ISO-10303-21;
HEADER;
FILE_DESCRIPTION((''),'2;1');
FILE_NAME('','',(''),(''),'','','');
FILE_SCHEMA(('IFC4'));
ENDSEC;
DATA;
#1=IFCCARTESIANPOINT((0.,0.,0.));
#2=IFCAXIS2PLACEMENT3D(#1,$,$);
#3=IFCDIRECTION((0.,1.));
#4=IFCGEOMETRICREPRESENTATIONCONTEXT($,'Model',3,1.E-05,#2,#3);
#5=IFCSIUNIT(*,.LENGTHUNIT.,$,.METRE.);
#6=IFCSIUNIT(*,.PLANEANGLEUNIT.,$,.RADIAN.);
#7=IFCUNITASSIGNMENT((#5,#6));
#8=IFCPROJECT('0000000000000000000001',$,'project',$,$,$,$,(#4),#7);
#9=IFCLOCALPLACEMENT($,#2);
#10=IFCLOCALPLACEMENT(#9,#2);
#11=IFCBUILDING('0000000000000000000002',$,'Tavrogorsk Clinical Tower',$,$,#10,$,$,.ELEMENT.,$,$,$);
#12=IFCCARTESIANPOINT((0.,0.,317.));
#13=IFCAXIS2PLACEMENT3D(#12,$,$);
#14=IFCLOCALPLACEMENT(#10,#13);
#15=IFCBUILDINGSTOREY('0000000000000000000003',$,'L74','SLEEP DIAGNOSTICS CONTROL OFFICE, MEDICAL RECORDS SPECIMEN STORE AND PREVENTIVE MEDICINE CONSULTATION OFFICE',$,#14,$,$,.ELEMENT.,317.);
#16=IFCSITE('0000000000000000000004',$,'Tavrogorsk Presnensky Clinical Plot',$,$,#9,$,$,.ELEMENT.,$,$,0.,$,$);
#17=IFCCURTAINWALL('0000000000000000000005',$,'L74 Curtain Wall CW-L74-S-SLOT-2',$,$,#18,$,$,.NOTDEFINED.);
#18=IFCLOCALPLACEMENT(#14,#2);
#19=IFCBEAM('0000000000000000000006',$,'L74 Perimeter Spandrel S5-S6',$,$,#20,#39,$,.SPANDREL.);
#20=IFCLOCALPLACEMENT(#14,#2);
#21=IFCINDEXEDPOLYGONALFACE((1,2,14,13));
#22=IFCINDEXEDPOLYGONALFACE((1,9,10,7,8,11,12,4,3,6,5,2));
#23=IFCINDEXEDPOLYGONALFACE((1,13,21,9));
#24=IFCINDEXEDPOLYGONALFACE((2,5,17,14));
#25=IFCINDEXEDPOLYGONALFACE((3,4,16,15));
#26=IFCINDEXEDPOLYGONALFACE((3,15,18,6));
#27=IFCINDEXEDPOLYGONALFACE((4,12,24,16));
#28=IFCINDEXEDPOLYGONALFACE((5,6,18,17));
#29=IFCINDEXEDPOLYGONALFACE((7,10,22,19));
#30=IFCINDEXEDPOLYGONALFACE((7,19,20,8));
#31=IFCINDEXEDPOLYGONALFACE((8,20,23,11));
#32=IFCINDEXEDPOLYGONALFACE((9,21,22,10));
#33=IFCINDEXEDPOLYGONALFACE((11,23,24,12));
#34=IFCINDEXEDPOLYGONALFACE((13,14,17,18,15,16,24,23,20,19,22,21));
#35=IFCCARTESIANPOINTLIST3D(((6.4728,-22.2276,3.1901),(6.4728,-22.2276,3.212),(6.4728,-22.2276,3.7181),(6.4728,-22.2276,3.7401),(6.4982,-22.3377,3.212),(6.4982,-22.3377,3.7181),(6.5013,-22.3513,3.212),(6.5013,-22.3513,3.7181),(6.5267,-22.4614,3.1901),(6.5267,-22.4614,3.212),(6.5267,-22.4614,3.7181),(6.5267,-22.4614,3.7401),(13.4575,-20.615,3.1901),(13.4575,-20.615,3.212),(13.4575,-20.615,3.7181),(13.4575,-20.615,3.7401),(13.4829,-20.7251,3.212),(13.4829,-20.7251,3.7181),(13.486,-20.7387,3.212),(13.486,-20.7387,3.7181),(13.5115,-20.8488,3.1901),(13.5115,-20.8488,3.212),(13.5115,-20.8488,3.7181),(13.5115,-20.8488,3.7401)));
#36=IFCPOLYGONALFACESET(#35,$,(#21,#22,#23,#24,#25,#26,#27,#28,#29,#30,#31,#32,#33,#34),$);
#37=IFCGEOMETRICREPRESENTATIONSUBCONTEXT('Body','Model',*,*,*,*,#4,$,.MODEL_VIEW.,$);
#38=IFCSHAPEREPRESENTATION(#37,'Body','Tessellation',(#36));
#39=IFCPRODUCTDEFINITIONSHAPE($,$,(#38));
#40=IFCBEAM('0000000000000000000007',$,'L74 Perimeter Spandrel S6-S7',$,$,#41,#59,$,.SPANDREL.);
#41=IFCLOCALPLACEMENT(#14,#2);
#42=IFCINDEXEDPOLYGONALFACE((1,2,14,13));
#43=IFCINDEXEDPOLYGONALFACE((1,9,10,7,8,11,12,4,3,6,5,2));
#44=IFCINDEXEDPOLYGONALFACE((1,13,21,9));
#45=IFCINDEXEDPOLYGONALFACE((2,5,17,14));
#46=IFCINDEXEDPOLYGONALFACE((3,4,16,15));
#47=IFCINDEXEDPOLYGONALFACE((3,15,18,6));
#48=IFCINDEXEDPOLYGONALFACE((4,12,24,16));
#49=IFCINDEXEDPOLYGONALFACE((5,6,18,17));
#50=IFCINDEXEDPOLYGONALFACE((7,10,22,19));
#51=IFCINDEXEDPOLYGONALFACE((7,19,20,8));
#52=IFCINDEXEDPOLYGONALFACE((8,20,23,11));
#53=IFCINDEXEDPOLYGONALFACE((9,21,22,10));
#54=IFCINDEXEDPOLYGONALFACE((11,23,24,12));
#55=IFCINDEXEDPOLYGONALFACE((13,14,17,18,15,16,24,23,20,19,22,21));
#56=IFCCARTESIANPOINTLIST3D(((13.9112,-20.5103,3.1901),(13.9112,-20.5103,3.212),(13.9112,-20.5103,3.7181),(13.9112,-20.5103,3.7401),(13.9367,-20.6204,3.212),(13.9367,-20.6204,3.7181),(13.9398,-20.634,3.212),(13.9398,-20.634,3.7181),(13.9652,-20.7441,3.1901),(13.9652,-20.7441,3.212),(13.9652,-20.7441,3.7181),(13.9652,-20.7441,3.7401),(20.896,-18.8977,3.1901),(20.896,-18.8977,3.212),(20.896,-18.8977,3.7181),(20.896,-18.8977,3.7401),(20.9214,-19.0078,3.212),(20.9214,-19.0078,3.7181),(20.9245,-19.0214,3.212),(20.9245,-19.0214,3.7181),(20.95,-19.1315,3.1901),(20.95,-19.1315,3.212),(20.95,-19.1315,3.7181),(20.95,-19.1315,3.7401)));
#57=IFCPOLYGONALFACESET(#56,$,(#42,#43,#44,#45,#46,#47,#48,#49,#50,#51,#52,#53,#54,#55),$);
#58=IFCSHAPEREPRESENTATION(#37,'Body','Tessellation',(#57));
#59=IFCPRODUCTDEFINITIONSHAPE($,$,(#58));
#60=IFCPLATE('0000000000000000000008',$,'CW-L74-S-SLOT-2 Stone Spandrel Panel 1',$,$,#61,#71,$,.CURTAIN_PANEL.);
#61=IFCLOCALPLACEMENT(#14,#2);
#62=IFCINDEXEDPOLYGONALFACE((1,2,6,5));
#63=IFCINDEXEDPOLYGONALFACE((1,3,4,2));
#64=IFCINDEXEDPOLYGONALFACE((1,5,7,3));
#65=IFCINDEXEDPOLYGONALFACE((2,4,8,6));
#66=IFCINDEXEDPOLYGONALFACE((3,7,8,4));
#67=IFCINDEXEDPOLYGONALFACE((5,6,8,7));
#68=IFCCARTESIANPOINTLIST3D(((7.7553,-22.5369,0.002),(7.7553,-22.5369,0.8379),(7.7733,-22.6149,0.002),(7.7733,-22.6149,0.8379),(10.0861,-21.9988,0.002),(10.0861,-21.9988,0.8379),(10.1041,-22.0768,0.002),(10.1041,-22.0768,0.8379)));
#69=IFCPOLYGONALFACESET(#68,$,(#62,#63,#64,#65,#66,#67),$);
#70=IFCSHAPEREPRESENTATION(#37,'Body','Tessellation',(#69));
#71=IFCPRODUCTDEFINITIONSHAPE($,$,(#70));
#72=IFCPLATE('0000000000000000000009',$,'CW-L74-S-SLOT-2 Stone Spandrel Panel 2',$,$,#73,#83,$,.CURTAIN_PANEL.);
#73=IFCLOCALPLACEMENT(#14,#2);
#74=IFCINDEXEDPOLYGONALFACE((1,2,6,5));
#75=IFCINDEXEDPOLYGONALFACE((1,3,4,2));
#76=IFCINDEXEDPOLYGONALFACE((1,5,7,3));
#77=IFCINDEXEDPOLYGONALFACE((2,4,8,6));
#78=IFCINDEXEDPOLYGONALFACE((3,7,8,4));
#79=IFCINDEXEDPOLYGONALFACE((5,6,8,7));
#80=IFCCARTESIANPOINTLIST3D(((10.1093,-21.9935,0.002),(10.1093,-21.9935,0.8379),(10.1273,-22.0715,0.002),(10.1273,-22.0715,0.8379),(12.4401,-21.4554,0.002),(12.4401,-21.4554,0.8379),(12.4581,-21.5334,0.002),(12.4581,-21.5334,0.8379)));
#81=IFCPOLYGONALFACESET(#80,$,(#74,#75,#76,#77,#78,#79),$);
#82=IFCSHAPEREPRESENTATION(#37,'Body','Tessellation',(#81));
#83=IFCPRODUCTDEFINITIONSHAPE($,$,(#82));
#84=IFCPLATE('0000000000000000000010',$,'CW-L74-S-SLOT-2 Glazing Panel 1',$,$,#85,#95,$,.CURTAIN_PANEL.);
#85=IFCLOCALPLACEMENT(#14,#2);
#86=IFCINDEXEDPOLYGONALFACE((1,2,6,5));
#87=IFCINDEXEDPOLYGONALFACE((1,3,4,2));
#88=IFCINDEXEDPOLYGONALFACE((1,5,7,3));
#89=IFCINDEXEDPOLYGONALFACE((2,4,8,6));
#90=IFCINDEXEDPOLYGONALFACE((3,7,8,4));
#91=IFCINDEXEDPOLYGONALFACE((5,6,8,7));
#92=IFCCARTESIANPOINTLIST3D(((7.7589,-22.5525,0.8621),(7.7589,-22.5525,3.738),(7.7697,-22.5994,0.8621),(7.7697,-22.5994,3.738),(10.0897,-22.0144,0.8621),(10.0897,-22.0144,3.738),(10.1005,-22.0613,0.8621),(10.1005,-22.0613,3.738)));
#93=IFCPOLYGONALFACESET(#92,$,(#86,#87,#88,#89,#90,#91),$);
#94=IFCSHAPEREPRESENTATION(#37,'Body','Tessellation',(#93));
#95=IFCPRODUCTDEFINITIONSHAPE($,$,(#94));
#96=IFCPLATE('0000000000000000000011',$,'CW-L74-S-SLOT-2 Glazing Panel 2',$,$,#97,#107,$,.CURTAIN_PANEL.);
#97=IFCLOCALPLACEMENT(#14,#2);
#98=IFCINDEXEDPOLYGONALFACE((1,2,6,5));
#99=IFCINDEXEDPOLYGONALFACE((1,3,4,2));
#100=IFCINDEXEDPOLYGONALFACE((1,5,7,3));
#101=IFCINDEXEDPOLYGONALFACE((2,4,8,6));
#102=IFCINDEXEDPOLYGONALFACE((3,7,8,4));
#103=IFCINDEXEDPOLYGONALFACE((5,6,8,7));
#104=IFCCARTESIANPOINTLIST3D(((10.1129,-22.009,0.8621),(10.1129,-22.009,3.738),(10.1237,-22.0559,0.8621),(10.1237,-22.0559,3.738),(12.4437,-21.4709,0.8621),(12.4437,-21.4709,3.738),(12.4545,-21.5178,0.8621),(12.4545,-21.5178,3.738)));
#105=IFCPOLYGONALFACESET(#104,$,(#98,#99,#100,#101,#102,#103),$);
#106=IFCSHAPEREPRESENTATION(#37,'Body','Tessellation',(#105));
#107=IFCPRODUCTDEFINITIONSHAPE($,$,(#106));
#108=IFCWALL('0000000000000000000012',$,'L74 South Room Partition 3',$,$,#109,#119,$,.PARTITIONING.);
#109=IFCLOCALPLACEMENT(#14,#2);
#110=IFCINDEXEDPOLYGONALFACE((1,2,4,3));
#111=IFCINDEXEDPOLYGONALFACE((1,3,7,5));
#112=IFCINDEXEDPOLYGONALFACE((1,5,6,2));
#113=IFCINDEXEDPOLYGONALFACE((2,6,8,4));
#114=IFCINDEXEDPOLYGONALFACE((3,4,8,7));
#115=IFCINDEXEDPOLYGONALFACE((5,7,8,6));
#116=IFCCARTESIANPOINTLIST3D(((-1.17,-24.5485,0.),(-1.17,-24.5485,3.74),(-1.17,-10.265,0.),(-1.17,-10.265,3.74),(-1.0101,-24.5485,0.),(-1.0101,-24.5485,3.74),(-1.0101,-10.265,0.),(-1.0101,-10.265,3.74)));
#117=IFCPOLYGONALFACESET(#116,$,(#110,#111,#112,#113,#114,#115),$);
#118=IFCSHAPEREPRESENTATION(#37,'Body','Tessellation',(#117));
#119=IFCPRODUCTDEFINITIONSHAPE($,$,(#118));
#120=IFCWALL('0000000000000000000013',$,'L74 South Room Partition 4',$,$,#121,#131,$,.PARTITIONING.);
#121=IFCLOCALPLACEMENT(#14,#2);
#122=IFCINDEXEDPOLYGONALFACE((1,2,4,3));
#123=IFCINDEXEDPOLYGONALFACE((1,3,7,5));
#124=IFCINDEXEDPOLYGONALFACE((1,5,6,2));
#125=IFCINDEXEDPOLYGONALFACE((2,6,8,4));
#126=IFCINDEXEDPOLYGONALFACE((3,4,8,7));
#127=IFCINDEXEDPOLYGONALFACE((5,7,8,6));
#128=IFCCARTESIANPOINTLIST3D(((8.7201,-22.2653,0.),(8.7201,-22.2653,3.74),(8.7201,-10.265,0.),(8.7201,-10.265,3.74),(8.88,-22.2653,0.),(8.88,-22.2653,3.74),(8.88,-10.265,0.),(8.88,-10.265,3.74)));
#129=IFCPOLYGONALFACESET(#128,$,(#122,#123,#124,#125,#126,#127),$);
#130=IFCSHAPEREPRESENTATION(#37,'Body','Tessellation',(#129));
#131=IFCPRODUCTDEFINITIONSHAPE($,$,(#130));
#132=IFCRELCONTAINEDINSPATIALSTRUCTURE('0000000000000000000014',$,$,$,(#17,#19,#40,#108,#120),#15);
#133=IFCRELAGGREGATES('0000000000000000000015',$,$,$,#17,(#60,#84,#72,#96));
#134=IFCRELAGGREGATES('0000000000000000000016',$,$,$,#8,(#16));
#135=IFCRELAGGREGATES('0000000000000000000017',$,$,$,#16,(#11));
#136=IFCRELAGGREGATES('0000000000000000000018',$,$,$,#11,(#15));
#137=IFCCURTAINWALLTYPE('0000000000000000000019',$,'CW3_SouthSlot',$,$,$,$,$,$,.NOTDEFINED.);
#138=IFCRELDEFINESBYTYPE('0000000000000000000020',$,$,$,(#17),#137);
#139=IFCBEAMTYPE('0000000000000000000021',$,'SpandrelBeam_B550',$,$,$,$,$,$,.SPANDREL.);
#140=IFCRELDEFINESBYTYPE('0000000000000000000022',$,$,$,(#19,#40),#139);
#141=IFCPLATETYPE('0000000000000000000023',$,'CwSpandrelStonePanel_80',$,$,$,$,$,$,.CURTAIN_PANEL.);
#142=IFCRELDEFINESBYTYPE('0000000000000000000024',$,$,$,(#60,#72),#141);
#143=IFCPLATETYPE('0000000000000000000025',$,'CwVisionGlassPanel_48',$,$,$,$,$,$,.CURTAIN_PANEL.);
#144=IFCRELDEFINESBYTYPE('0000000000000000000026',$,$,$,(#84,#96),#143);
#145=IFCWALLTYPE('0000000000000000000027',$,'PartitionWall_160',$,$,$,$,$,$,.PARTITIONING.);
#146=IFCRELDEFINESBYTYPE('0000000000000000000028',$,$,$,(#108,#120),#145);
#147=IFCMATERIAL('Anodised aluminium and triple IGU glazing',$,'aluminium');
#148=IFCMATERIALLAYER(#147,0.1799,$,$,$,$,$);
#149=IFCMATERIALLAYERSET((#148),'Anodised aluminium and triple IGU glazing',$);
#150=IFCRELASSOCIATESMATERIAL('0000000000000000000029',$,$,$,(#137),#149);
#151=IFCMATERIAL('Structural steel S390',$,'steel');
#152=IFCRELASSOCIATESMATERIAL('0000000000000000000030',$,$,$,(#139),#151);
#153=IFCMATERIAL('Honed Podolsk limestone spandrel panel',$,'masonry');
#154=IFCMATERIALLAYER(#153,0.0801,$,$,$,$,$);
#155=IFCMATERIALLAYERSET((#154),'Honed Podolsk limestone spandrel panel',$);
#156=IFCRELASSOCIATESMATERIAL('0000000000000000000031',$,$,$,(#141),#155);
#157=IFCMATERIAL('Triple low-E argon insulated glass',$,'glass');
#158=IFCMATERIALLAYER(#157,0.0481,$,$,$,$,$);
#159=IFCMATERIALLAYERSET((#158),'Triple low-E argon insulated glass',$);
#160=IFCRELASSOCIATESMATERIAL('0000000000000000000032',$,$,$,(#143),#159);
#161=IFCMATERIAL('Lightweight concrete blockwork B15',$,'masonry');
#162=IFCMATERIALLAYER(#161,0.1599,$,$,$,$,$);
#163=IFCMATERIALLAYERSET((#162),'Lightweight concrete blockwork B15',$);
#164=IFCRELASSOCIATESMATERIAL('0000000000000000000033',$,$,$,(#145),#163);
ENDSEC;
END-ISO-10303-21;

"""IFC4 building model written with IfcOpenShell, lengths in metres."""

from ifc_helpers import new_model, si_unit, direction, frame, frame_2d, origin, origin_2d, place, context, subcontext, project, spatial, rectangle, i_section, extrude, material, layer, layer_set, material_profile, profile_set, type_object, element, aggregate, save


model = new_model("IFC4")

# Units and contexts
model_context = context("Model", 3, precision=1e-05, world=origin(), true_north=direction((0.0, 1.0)))
body_context = subcontext(model_context, "Body", "Model", "MODEL_VIEW")
ifc_project = project(units=[si_unit("LENGTHUNIT", "METRE"), si_unit("PLANEANGLEUNIT", "RADIAN")], contexts=[model_context])

# Site, building, storey
site_placement = place(None, origin())
site = spatial("IfcSite", under=ifc_project, at=site_placement, Name="Tavrogorsk Presnensky Clinical Plot", CompositionType="ELEMENT", RefElevation=0.0)
building_placement = place(site_placement, origin())
building = spatial("IfcBuilding", under=site, at=building_placement, Name="Tavrogorsk Clinical Tower", CompositionType="ELEMENT")
storey_placement = place(building_placement, frame((0.0, 0.0, 317.0)))
storey = spatial("IfcBuildingStorey", under=building, at=storey_placement, Name="L74", Description="SLEEP DIAGNOSTICS CONTROL OFFICE, MEDICAL RECORDS SPECIMEN STORE AND PREVENTIVE MEDICINE CONSULTATION OFFICE", CompositionType="ELEMENT", Elevation=317.0)

# Curtain wall
ifc_material_1 = material(Name="Anodised aluminium and triple IGU glazing", Category="aluminium")
ifc_layer_1 = layer(ifc_material_1, 0.1799)
ifc_layer_set_1 = layer_set([ifc_layer_1], Name="Anodised aluminium and triple IGU glazing")
curtain_wall_type = type_object("IfcCurtainWallType", Name="CW3_SouthSlot", PredefinedType="NOTDEFINED", material=ifc_layer_set_1)
curtain_wall_placement = place(storey_placement, origin())
curtain_wall = element("IfcCurtainWall", 1, at=curtain_wall_placement, inside=storey, type_object=curtain_wall_type, Name="L74 Curtain Wall CW-L74-S-SLOT-2", PredefinedType="NOTDEFINED")

# Beams
ifc_material_2 = material(Name="Structural steel S390", Category="steel")
ifc_material_profile_1 = material_profile(ifc_material_2, i_section(OverallWidth=0.24, OverallDepth=0.55, WebThickness=0.0139, FlangeThickness=0.022, at=origin_2d()), Name="B-550x240x14x22")
ifc_profile_set_1 = profile_set([ifc_material_profile_1], Name="Structural steel S390")
beam_type = type_object("IfcBeamType", Name="SpandrelBeam_B550", PredefinedType="SPANDREL", material=ifc_profile_set_1)
for number, where, z_axis, x_axis, name in (
    (2, (6.4998, -22.3445, 3.4651), (0.974369, 0.224954, 0.0), (-0.224954, 0.974369, 0.0), "L74 Perimeter Spandrel S5-S6"),
    (3, (13.9382, -20.6272, 3.4651), (0.974369, 0.224954, 0.0), (-0.224954, 0.974369, 0.0), "L74 Perimeter Spandrel S6-S7"),
):
    element("IfcBeam", number, at=place(storey_placement, frame(where, z_axis=z_axis, x_axis=x_axis)), inside=storey, type_object=beam_type, Name=name, PredefinedType="SPANDREL", context=body_context, shape_type="SweptSolid", body=[
        extrude(i_section(OverallWidth=0.24, OverallDepth=0.55, WebThickness=0.0139, FlangeThickness=0.022, at=origin_2d()), origin(), (0.0, 0.0, 1.0), 7.1685),
    ])

# Plates
ifc_material_3 = material(Name="Honed Podolsk limestone spandrel panel", Category="masonry")
ifc_layer_2 = layer(ifc_material_3, 0.0801)
ifc_layer_set_2 = layer_set([ifc_layer_2], Name="Honed Podolsk limestone spandrel panel")
plate_type_1 = type_object("IfcPlateType", Name="CwSpandrelStonePanel_80", PredefinedType="CURTAIN_PANEL", material=ifc_layer_set_2)
plate_1_placement = place(storey_placement, frame((8.9297, -22.3069, 0.002), z_axis=(0.0, 0.0, 1.0), x_axis=(0.97437, 0.224951, 0.0)))
plate_1 = element("IfcPlate", 4, at=plate_1_placement, type_object=plate_type_1, Name="CW-L74-S-SLOT-2 Stone Spandrel Panel 1", PredefinedType="CURTAIN_PANEL", context=body_context, shape_type="SweptSolid", body=[
    extrude(rectangle(XDim=2.3921, YDim=0.0801, at=origin_2d()), origin(), (0.0, 0.0, 1.0), 0.8359),
])
plate_2_placement = place(storey_placement, frame((11.2837, -21.7634, 0.002), z_axis=(0.0, 0.0, 1.0), x_axis=(0.97437, 0.224951, 0.0)))
plate_2 = element("IfcPlate", 5, at=plate_2_placement, type_object=plate_type_1, Name="CW-L74-S-SLOT-2 Stone Spandrel Panel 2", PredefinedType="CURTAIN_PANEL", context=body_context, shape_type="SweptSolid", body=[
    extrude(rectangle(XDim=2.3921, YDim=0.0801, at=origin_2d()), origin(), (0.0, 0.0, 1.0), 0.8359),
])
ifc_material_4 = material(Name="Triple low-E argon insulated glass", Category="glass")
ifc_layer_3 = layer(ifc_material_4, 0.0481)
ifc_layer_set_3 = layer_set([ifc_layer_3], Name="Triple low-E argon insulated glass")
plate_type_2 = type_object("IfcPlateType", Name="CwVisionGlassPanel_48", PredefinedType="CURTAIN_PANEL", material=ifc_layer_set_3)
plate_3_placement = place(storey_placement, frame((8.9297, -22.3069, 0.8621), z_axis=(0.0, 0.0, 1.0), x_axis=(0.97437, 0.224951, 0.0)))
plate_3 = element("IfcPlate", 6, at=plate_3_placement, type_object=plate_type_2, Name="CW-L74-S-SLOT-2 Glazing Panel 1", PredefinedType="CURTAIN_PANEL", context=body_context, shape_type="SweptSolid", body=[
    extrude(rectangle(XDim=2.3921, YDim=0.0481, at=origin_2d()), origin(), (0.0, 0.0, 1.0), 2.876),
])
plate_4_placement = place(storey_placement, frame((11.2837, -21.7634, 0.8621), z_axis=(0.0, 0.0, 1.0), x_axis=(0.97437, 0.224951, 0.0)))
plate_4 = element("IfcPlate", 7, at=plate_4_placement, type_object=plate_type_2, Name="CW-L74-S-SLOT-2 Glazing Panel 2", PredefinedType="CURTAIN_PANEL", context=body_context, shape_type="SweptSolid", body=[
    extrude(rectangle(XDim=2.3921, YDim=0.0481, at=origin_2d()), origin(), (0.0, 0.0, 1.0), 2.876),
])
aggregate(curtain_wall, [plate_1, plate_3, plate_2, plate_4])

# Walls
ifc_material_5 = material(Name="Lightweight concrete blockwork B15", Category="masonry")
ifc_layer_4 = layer(ifc_material_5, 0.1599)
ifc_layer_set_4 = layer_set([ifc_layer_4], Name="Lightweight concrete blockwork B15")
wall_type_1 = type_object("IfcWallType", Name="PartitionWall_160", PredefinedType="PARTITIONING", material=ifc_layer_set_4)
wall_1_placement = place(storey_placement, frame((-1.0901, -24.5483, 0.0), z_axis=(0.0, 0.0, 1.0), x_axis=(0.0, 1.0, 0.0)))
element("IfcWall", 8, at=wall_1_placement, inside=storey, type_object=wall_type_1, Name="L74 South Room Partition 3", PredefinedType="PARTITIONING", context=body_context, shape_type="SweptSolid", body=[
    extrude(rectangle(XDim=14.2834, YDim=0.1599, at=frame_2d((7.1416, 0.0))), origin(), (0.0, 0.0, 1.0), 3.74),
])
wall_2_placement = place(storey_placement, frame((8.8, -22.2651, 0.0), z_axis=(0.0, 0.0, 1.0), x_axis=(0.0, 1.0, 0.0)))
element("IfcWall", 9, at=wall_2_placement, inside=storey, type_object=wall_type_1, Name="L74 South Room Partition 4", PredefinedType="PARTITIONING", context=body_context, shape_type="SweptSolid", body=[
    extrude(rectangle(XDim=12.0002, YDim=0.1599, at=frame_2d((6.0, 0.0))), origin(), (0.0, 0.0, 1.0), 3.74),
])

save(model, "model.ifc")
